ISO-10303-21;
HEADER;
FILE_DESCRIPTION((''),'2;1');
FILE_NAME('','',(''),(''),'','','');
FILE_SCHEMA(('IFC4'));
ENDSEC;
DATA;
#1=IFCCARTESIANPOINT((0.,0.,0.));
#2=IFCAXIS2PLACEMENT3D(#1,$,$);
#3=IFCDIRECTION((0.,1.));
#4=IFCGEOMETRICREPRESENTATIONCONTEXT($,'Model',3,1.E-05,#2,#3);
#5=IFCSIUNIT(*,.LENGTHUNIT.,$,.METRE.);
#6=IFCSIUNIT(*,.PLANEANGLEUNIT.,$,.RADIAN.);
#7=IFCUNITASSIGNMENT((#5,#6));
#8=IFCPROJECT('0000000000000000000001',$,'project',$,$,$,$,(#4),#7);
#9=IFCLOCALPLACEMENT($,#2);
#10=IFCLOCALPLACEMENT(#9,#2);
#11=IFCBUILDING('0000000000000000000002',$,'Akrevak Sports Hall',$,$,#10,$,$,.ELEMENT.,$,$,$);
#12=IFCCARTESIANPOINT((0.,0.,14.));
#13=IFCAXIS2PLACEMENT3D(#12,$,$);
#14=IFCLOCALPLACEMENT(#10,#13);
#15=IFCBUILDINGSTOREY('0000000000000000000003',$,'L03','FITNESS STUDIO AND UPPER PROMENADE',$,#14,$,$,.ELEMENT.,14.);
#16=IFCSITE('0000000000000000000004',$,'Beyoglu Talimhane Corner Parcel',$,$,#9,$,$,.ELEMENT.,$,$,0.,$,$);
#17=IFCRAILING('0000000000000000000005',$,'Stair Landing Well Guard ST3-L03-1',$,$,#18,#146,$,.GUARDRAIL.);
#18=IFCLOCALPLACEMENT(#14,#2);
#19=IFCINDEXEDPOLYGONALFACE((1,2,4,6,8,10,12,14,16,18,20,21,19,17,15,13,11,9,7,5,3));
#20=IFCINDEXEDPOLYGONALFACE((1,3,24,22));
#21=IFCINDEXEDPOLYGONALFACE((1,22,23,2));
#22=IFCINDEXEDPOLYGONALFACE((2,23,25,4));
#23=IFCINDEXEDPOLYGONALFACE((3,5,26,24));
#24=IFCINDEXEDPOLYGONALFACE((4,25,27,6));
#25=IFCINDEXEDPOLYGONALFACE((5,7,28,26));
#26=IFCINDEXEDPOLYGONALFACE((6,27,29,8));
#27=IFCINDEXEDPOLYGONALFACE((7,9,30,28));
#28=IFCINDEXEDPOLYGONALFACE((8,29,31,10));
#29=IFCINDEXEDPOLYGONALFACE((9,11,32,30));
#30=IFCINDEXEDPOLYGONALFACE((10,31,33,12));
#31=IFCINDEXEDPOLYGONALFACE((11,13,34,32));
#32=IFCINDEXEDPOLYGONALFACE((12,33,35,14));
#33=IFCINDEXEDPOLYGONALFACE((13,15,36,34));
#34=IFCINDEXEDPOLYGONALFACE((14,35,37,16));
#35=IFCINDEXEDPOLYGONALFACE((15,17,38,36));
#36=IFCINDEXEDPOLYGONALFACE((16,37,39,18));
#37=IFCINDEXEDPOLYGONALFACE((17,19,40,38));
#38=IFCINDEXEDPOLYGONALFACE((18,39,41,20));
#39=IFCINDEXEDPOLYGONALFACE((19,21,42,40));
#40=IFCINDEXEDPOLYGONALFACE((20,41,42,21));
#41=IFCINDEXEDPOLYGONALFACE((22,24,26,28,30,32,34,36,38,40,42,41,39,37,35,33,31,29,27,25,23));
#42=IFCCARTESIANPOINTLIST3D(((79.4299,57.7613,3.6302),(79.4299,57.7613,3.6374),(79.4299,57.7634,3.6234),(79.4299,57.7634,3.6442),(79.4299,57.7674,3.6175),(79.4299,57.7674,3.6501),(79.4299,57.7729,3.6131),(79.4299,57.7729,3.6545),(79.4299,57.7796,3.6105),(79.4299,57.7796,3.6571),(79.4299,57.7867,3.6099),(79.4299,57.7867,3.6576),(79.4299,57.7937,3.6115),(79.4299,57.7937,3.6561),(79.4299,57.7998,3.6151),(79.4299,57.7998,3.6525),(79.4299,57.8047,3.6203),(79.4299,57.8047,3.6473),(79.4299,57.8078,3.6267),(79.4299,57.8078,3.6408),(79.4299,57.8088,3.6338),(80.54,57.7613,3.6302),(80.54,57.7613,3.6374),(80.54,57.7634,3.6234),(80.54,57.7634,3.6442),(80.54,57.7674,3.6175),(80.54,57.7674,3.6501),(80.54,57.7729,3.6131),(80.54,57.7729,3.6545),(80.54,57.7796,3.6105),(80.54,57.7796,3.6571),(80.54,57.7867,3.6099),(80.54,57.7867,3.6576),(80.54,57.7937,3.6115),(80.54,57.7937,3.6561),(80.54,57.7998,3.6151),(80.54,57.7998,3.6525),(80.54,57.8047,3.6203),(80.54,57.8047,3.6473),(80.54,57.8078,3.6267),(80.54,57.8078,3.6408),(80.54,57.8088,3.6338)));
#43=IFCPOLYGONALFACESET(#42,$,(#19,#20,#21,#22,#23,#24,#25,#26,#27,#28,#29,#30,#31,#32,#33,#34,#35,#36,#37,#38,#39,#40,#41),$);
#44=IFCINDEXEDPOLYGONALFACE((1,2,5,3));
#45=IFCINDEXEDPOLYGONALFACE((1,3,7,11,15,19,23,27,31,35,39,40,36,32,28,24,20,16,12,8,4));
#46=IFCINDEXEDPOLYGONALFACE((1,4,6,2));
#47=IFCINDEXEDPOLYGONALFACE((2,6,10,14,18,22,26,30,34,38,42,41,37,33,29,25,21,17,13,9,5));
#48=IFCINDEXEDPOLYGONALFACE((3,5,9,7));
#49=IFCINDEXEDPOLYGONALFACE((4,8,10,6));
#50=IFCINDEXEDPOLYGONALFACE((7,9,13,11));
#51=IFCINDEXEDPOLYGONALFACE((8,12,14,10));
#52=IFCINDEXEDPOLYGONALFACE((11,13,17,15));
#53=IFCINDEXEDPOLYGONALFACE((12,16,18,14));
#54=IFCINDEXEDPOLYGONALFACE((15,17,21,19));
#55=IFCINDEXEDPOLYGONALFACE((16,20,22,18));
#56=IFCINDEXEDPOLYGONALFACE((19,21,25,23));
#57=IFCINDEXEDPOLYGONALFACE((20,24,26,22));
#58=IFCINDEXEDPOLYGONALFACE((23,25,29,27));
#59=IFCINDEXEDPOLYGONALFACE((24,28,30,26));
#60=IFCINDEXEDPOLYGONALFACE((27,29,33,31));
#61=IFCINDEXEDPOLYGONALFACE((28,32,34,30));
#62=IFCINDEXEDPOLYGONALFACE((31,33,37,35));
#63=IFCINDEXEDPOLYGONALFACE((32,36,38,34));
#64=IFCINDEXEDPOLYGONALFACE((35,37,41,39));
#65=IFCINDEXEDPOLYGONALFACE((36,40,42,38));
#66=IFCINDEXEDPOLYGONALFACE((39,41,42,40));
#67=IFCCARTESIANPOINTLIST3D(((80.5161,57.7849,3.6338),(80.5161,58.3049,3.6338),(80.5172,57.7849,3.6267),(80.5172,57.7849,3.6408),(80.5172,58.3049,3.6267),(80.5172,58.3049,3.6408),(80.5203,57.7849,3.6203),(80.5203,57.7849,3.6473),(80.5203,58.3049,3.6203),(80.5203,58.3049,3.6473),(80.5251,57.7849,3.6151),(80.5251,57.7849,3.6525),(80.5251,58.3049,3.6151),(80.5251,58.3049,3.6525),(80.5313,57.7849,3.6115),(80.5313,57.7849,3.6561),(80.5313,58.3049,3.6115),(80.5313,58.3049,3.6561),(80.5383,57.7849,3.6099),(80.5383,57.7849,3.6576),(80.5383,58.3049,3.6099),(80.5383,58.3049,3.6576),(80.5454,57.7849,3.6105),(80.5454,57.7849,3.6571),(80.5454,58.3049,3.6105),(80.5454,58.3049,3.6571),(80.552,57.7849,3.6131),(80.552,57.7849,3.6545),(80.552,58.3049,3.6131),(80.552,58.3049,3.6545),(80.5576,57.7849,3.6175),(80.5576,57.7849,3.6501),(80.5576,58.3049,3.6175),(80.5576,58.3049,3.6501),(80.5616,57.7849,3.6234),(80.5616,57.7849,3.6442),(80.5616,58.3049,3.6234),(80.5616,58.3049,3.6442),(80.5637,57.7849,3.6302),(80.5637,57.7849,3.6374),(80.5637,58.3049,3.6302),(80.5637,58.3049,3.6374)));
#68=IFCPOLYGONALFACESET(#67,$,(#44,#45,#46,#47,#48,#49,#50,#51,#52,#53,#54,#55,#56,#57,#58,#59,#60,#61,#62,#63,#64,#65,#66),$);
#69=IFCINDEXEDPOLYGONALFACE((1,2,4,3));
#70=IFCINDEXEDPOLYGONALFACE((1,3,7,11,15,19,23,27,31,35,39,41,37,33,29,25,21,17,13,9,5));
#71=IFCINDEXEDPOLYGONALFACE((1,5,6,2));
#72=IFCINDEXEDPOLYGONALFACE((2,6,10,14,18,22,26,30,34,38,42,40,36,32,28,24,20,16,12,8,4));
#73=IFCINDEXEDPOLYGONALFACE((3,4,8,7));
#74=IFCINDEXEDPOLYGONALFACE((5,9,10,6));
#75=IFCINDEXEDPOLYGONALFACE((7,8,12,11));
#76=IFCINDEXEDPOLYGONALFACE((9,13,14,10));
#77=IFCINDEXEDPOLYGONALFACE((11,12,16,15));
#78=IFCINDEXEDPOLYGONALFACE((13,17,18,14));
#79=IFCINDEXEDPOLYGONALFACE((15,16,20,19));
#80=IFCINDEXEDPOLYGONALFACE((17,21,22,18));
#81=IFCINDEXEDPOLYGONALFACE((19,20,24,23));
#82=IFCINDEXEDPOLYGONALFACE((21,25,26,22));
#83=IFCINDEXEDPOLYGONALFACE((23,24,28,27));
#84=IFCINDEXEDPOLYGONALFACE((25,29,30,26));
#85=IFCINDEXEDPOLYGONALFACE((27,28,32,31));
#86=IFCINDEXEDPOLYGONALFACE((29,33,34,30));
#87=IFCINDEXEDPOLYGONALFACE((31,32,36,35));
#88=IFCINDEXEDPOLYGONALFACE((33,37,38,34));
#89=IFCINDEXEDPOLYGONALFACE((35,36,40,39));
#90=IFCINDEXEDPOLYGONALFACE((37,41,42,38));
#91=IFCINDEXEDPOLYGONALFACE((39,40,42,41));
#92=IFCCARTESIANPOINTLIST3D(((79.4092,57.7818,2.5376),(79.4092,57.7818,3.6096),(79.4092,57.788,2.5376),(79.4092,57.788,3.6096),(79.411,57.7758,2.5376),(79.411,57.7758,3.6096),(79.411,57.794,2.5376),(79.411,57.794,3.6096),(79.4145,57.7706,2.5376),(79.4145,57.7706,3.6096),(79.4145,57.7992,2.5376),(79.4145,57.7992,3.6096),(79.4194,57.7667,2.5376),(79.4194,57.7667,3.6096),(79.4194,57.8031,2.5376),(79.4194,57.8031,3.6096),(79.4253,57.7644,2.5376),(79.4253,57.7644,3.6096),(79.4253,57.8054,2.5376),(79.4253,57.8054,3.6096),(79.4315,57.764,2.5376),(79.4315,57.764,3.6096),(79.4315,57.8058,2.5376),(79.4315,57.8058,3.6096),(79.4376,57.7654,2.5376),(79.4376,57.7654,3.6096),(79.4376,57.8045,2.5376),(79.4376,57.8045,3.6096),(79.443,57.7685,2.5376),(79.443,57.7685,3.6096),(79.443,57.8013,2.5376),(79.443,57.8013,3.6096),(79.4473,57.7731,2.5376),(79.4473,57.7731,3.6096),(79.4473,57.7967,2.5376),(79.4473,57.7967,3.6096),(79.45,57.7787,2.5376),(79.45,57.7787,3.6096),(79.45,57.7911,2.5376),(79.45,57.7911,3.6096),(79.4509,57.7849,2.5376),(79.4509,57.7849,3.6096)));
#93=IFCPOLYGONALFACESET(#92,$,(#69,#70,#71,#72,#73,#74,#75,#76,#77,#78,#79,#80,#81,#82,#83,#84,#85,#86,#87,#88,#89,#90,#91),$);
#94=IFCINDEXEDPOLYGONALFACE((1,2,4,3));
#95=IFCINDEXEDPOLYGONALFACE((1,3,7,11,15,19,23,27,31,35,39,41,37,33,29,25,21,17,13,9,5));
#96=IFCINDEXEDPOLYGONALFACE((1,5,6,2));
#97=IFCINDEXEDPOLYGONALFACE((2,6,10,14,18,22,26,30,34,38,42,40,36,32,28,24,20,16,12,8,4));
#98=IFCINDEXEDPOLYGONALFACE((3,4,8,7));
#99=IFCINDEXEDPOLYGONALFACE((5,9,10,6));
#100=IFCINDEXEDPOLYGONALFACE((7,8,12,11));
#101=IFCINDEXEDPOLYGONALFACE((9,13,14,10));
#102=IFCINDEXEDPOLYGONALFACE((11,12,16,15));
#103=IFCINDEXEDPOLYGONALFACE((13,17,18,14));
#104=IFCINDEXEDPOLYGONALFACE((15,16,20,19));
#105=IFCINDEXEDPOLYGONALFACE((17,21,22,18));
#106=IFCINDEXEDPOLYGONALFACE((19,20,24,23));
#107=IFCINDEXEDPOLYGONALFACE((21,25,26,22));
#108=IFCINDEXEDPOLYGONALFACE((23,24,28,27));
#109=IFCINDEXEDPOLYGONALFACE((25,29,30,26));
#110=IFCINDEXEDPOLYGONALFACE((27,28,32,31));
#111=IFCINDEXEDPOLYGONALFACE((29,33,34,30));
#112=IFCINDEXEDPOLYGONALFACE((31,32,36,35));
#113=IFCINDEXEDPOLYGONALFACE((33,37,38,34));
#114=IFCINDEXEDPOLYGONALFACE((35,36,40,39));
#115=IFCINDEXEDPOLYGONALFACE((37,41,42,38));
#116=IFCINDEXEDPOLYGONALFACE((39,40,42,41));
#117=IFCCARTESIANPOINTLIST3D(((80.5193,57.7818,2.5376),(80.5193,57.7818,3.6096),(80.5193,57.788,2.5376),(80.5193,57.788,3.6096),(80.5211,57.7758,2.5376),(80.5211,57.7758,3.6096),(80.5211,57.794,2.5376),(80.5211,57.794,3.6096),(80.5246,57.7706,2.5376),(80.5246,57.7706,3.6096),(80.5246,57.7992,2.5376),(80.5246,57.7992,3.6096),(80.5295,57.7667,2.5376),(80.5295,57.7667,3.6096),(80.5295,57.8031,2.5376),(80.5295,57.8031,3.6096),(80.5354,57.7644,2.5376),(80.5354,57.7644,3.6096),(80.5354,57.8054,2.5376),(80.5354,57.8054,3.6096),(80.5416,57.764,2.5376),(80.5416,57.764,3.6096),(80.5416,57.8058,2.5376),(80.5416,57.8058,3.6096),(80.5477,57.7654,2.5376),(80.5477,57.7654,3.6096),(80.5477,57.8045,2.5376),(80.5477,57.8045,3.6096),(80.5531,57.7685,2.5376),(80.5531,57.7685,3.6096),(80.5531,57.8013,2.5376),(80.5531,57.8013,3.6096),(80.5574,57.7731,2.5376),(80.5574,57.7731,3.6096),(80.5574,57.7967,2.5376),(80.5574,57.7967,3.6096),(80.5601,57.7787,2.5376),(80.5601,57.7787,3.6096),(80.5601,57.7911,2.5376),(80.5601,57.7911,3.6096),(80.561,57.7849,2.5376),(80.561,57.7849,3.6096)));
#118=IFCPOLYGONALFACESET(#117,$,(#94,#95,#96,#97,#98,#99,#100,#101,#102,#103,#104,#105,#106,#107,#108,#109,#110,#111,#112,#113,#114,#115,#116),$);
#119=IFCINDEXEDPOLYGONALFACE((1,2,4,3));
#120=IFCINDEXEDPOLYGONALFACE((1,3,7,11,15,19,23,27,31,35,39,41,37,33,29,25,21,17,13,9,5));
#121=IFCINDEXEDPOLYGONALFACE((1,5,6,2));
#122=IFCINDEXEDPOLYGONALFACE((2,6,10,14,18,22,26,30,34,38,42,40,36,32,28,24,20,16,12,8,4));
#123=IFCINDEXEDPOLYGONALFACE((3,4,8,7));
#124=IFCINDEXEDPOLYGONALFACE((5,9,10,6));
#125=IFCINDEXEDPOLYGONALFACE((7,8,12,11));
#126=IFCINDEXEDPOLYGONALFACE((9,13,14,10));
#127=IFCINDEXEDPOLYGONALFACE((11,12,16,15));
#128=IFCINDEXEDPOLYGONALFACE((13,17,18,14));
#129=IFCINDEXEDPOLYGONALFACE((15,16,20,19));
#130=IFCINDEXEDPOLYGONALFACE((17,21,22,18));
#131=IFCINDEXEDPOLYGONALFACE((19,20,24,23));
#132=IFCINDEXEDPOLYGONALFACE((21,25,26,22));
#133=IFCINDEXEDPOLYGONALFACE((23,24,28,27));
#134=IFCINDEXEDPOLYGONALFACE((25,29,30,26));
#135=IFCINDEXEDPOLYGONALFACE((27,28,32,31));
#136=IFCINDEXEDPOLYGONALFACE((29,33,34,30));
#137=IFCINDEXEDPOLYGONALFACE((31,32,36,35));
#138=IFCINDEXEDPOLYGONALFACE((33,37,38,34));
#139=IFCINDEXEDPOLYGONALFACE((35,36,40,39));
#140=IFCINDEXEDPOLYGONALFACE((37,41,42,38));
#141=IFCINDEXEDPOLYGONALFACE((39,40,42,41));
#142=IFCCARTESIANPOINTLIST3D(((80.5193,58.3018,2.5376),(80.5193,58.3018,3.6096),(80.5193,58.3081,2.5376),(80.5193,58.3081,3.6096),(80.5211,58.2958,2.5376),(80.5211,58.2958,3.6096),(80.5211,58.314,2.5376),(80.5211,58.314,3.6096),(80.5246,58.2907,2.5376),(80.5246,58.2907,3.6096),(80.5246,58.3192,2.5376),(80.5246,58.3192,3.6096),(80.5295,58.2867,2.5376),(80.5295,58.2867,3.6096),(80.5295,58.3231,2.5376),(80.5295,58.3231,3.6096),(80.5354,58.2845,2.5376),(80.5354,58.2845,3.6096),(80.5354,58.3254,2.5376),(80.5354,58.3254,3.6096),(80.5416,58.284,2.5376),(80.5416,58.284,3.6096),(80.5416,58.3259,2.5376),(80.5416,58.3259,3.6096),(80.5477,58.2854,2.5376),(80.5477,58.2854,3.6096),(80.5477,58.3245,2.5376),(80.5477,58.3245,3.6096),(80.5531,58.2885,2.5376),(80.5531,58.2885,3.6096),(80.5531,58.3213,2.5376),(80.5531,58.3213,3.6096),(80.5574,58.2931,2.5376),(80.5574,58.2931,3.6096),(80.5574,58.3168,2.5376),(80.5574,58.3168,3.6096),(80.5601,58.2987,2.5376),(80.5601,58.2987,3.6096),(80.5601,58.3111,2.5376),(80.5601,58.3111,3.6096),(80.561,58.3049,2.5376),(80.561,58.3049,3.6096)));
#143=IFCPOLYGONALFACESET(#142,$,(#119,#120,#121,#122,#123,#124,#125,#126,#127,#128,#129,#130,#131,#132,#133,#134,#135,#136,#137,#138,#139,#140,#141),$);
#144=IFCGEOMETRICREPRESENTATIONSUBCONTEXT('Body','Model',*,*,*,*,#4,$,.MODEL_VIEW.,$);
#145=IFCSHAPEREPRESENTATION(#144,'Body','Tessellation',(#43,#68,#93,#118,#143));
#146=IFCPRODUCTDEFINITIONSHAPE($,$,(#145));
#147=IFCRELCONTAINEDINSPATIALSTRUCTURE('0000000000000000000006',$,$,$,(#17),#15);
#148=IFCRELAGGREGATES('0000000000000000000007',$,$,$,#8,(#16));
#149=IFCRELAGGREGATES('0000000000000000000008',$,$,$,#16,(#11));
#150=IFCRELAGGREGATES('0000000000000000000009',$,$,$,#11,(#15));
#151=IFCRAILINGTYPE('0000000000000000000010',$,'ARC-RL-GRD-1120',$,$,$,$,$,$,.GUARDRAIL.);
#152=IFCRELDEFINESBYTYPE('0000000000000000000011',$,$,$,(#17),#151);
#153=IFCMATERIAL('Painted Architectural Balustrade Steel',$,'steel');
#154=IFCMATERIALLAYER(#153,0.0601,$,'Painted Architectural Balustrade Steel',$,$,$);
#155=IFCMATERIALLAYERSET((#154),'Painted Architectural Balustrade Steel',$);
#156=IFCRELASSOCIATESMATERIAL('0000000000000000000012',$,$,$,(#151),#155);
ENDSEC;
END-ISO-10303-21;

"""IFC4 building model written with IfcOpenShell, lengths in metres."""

from ifc_helpers import new_model, si_unit, direction, frame, origin, origin_2d, place, context, subcontext, project, spatial, circle, extrude, material, layer, layer_set, type_object, element, save


model = new_model("IFC4")

# Units and contexts
model_context = context("Model", 3, precision=1e-05, world=origin(), true_north=direction((0.0, 1.0)))
body_context = subcontext(model_context, "Body", "Model", "MODEL_VIEW")
ifc_project = project(units=[si_unit("LENGTHUNIT", "METRE"), si_unit("PLANEANGLEUNIT", "RADIAN")], contexts=[model_context])

# Site, building, storey
site_placement = place(None, origin())
site = spatial("IfcSite", under=ifc_project, at=site_placement, Name="Beyoglu Talimhane Corner Parcel", CompositionType="ELEMENT", RefElevation=0.0)
building_placement = place(site_placement, origin())
building = spatial("IfcBuilding", under=site, at=building_placement, Name="Akrevak Sports Hall", CompositionType="ELEMENT")
storey_placement = place(building_placement, frame((0.0, 0.0, 14.0)))
storey = spatial("IfcBuildingStorey", under=building, at=storey_placement, Name="L03", Description="FITNESS STUDIO AND UPPER PROMENADE", CompositionType="ELEMENT", Elevation=14.0)

# Railing
ifc_material_1 = material(Name="Painted Architectural Balustrade Steel", Category="steel")
ifc_layer_1 = layer(ifc_material_1, 0.0601, Name="Painted Architectural Balustrade Steel")
ifc_layer_set_1 = layer_set([ifc_layer_1], Name="Painted Architectural Balustrade Steel")
railing_type_1 = type_object("IfcRailingType", Name="ARC-RL-GRD-1120", PredefinedType="GUARDRAIL", material=ifc_layer_set_1)
railing_1_placement = place(storey_placement, frame((79.4299, 57.7849, 2.5376)))
element("IfcRailing", 1, at=railing_1_placement, inside=storey, type_object=railing_type_1, Name="Stair Landing Well Guard ST3-L03-1", PredefinedType="GUARDRAIL", context=body_context, shape_type="SweptSolid", body=[
    extrude(circle(Radius=0.0239, at=origin_2d()), frame((0.0, 0.0, 1.0962), z_axis=(1.0, 0.0, 0.0), x_axis=(0.0, 1.0, 0.0)), (0.0, 0.0, 1.0), 1.1101),
    extrude(circle(Radius=0.0239, at=origin_2d()), frame((1.1101, 0.0, 1.0962), z_axis=(0.0, 1.0, 0.0), x_axis=(-1.0, 0.0, 0.0)), (0.0, 0.0, 1.0), 0.52),
    extrude(circle(Radius=0.021, at=origin_2d()), origin(), (0.0, 0.0, 1.0), 1.072),
    extrude(circle(Radius=0.021, at=origin_2d()), frame((1.1101, 0.0, 0.0)), (0.0, 0.0, 1.0), 1.072),
    extrude(circle(Radius=0.021, at=origin_2d()), frame((1.1101, 0.52, 0.0)), (0.0, 0.0, 1.0), 1.072),
])

save(model, "model.ifc")
